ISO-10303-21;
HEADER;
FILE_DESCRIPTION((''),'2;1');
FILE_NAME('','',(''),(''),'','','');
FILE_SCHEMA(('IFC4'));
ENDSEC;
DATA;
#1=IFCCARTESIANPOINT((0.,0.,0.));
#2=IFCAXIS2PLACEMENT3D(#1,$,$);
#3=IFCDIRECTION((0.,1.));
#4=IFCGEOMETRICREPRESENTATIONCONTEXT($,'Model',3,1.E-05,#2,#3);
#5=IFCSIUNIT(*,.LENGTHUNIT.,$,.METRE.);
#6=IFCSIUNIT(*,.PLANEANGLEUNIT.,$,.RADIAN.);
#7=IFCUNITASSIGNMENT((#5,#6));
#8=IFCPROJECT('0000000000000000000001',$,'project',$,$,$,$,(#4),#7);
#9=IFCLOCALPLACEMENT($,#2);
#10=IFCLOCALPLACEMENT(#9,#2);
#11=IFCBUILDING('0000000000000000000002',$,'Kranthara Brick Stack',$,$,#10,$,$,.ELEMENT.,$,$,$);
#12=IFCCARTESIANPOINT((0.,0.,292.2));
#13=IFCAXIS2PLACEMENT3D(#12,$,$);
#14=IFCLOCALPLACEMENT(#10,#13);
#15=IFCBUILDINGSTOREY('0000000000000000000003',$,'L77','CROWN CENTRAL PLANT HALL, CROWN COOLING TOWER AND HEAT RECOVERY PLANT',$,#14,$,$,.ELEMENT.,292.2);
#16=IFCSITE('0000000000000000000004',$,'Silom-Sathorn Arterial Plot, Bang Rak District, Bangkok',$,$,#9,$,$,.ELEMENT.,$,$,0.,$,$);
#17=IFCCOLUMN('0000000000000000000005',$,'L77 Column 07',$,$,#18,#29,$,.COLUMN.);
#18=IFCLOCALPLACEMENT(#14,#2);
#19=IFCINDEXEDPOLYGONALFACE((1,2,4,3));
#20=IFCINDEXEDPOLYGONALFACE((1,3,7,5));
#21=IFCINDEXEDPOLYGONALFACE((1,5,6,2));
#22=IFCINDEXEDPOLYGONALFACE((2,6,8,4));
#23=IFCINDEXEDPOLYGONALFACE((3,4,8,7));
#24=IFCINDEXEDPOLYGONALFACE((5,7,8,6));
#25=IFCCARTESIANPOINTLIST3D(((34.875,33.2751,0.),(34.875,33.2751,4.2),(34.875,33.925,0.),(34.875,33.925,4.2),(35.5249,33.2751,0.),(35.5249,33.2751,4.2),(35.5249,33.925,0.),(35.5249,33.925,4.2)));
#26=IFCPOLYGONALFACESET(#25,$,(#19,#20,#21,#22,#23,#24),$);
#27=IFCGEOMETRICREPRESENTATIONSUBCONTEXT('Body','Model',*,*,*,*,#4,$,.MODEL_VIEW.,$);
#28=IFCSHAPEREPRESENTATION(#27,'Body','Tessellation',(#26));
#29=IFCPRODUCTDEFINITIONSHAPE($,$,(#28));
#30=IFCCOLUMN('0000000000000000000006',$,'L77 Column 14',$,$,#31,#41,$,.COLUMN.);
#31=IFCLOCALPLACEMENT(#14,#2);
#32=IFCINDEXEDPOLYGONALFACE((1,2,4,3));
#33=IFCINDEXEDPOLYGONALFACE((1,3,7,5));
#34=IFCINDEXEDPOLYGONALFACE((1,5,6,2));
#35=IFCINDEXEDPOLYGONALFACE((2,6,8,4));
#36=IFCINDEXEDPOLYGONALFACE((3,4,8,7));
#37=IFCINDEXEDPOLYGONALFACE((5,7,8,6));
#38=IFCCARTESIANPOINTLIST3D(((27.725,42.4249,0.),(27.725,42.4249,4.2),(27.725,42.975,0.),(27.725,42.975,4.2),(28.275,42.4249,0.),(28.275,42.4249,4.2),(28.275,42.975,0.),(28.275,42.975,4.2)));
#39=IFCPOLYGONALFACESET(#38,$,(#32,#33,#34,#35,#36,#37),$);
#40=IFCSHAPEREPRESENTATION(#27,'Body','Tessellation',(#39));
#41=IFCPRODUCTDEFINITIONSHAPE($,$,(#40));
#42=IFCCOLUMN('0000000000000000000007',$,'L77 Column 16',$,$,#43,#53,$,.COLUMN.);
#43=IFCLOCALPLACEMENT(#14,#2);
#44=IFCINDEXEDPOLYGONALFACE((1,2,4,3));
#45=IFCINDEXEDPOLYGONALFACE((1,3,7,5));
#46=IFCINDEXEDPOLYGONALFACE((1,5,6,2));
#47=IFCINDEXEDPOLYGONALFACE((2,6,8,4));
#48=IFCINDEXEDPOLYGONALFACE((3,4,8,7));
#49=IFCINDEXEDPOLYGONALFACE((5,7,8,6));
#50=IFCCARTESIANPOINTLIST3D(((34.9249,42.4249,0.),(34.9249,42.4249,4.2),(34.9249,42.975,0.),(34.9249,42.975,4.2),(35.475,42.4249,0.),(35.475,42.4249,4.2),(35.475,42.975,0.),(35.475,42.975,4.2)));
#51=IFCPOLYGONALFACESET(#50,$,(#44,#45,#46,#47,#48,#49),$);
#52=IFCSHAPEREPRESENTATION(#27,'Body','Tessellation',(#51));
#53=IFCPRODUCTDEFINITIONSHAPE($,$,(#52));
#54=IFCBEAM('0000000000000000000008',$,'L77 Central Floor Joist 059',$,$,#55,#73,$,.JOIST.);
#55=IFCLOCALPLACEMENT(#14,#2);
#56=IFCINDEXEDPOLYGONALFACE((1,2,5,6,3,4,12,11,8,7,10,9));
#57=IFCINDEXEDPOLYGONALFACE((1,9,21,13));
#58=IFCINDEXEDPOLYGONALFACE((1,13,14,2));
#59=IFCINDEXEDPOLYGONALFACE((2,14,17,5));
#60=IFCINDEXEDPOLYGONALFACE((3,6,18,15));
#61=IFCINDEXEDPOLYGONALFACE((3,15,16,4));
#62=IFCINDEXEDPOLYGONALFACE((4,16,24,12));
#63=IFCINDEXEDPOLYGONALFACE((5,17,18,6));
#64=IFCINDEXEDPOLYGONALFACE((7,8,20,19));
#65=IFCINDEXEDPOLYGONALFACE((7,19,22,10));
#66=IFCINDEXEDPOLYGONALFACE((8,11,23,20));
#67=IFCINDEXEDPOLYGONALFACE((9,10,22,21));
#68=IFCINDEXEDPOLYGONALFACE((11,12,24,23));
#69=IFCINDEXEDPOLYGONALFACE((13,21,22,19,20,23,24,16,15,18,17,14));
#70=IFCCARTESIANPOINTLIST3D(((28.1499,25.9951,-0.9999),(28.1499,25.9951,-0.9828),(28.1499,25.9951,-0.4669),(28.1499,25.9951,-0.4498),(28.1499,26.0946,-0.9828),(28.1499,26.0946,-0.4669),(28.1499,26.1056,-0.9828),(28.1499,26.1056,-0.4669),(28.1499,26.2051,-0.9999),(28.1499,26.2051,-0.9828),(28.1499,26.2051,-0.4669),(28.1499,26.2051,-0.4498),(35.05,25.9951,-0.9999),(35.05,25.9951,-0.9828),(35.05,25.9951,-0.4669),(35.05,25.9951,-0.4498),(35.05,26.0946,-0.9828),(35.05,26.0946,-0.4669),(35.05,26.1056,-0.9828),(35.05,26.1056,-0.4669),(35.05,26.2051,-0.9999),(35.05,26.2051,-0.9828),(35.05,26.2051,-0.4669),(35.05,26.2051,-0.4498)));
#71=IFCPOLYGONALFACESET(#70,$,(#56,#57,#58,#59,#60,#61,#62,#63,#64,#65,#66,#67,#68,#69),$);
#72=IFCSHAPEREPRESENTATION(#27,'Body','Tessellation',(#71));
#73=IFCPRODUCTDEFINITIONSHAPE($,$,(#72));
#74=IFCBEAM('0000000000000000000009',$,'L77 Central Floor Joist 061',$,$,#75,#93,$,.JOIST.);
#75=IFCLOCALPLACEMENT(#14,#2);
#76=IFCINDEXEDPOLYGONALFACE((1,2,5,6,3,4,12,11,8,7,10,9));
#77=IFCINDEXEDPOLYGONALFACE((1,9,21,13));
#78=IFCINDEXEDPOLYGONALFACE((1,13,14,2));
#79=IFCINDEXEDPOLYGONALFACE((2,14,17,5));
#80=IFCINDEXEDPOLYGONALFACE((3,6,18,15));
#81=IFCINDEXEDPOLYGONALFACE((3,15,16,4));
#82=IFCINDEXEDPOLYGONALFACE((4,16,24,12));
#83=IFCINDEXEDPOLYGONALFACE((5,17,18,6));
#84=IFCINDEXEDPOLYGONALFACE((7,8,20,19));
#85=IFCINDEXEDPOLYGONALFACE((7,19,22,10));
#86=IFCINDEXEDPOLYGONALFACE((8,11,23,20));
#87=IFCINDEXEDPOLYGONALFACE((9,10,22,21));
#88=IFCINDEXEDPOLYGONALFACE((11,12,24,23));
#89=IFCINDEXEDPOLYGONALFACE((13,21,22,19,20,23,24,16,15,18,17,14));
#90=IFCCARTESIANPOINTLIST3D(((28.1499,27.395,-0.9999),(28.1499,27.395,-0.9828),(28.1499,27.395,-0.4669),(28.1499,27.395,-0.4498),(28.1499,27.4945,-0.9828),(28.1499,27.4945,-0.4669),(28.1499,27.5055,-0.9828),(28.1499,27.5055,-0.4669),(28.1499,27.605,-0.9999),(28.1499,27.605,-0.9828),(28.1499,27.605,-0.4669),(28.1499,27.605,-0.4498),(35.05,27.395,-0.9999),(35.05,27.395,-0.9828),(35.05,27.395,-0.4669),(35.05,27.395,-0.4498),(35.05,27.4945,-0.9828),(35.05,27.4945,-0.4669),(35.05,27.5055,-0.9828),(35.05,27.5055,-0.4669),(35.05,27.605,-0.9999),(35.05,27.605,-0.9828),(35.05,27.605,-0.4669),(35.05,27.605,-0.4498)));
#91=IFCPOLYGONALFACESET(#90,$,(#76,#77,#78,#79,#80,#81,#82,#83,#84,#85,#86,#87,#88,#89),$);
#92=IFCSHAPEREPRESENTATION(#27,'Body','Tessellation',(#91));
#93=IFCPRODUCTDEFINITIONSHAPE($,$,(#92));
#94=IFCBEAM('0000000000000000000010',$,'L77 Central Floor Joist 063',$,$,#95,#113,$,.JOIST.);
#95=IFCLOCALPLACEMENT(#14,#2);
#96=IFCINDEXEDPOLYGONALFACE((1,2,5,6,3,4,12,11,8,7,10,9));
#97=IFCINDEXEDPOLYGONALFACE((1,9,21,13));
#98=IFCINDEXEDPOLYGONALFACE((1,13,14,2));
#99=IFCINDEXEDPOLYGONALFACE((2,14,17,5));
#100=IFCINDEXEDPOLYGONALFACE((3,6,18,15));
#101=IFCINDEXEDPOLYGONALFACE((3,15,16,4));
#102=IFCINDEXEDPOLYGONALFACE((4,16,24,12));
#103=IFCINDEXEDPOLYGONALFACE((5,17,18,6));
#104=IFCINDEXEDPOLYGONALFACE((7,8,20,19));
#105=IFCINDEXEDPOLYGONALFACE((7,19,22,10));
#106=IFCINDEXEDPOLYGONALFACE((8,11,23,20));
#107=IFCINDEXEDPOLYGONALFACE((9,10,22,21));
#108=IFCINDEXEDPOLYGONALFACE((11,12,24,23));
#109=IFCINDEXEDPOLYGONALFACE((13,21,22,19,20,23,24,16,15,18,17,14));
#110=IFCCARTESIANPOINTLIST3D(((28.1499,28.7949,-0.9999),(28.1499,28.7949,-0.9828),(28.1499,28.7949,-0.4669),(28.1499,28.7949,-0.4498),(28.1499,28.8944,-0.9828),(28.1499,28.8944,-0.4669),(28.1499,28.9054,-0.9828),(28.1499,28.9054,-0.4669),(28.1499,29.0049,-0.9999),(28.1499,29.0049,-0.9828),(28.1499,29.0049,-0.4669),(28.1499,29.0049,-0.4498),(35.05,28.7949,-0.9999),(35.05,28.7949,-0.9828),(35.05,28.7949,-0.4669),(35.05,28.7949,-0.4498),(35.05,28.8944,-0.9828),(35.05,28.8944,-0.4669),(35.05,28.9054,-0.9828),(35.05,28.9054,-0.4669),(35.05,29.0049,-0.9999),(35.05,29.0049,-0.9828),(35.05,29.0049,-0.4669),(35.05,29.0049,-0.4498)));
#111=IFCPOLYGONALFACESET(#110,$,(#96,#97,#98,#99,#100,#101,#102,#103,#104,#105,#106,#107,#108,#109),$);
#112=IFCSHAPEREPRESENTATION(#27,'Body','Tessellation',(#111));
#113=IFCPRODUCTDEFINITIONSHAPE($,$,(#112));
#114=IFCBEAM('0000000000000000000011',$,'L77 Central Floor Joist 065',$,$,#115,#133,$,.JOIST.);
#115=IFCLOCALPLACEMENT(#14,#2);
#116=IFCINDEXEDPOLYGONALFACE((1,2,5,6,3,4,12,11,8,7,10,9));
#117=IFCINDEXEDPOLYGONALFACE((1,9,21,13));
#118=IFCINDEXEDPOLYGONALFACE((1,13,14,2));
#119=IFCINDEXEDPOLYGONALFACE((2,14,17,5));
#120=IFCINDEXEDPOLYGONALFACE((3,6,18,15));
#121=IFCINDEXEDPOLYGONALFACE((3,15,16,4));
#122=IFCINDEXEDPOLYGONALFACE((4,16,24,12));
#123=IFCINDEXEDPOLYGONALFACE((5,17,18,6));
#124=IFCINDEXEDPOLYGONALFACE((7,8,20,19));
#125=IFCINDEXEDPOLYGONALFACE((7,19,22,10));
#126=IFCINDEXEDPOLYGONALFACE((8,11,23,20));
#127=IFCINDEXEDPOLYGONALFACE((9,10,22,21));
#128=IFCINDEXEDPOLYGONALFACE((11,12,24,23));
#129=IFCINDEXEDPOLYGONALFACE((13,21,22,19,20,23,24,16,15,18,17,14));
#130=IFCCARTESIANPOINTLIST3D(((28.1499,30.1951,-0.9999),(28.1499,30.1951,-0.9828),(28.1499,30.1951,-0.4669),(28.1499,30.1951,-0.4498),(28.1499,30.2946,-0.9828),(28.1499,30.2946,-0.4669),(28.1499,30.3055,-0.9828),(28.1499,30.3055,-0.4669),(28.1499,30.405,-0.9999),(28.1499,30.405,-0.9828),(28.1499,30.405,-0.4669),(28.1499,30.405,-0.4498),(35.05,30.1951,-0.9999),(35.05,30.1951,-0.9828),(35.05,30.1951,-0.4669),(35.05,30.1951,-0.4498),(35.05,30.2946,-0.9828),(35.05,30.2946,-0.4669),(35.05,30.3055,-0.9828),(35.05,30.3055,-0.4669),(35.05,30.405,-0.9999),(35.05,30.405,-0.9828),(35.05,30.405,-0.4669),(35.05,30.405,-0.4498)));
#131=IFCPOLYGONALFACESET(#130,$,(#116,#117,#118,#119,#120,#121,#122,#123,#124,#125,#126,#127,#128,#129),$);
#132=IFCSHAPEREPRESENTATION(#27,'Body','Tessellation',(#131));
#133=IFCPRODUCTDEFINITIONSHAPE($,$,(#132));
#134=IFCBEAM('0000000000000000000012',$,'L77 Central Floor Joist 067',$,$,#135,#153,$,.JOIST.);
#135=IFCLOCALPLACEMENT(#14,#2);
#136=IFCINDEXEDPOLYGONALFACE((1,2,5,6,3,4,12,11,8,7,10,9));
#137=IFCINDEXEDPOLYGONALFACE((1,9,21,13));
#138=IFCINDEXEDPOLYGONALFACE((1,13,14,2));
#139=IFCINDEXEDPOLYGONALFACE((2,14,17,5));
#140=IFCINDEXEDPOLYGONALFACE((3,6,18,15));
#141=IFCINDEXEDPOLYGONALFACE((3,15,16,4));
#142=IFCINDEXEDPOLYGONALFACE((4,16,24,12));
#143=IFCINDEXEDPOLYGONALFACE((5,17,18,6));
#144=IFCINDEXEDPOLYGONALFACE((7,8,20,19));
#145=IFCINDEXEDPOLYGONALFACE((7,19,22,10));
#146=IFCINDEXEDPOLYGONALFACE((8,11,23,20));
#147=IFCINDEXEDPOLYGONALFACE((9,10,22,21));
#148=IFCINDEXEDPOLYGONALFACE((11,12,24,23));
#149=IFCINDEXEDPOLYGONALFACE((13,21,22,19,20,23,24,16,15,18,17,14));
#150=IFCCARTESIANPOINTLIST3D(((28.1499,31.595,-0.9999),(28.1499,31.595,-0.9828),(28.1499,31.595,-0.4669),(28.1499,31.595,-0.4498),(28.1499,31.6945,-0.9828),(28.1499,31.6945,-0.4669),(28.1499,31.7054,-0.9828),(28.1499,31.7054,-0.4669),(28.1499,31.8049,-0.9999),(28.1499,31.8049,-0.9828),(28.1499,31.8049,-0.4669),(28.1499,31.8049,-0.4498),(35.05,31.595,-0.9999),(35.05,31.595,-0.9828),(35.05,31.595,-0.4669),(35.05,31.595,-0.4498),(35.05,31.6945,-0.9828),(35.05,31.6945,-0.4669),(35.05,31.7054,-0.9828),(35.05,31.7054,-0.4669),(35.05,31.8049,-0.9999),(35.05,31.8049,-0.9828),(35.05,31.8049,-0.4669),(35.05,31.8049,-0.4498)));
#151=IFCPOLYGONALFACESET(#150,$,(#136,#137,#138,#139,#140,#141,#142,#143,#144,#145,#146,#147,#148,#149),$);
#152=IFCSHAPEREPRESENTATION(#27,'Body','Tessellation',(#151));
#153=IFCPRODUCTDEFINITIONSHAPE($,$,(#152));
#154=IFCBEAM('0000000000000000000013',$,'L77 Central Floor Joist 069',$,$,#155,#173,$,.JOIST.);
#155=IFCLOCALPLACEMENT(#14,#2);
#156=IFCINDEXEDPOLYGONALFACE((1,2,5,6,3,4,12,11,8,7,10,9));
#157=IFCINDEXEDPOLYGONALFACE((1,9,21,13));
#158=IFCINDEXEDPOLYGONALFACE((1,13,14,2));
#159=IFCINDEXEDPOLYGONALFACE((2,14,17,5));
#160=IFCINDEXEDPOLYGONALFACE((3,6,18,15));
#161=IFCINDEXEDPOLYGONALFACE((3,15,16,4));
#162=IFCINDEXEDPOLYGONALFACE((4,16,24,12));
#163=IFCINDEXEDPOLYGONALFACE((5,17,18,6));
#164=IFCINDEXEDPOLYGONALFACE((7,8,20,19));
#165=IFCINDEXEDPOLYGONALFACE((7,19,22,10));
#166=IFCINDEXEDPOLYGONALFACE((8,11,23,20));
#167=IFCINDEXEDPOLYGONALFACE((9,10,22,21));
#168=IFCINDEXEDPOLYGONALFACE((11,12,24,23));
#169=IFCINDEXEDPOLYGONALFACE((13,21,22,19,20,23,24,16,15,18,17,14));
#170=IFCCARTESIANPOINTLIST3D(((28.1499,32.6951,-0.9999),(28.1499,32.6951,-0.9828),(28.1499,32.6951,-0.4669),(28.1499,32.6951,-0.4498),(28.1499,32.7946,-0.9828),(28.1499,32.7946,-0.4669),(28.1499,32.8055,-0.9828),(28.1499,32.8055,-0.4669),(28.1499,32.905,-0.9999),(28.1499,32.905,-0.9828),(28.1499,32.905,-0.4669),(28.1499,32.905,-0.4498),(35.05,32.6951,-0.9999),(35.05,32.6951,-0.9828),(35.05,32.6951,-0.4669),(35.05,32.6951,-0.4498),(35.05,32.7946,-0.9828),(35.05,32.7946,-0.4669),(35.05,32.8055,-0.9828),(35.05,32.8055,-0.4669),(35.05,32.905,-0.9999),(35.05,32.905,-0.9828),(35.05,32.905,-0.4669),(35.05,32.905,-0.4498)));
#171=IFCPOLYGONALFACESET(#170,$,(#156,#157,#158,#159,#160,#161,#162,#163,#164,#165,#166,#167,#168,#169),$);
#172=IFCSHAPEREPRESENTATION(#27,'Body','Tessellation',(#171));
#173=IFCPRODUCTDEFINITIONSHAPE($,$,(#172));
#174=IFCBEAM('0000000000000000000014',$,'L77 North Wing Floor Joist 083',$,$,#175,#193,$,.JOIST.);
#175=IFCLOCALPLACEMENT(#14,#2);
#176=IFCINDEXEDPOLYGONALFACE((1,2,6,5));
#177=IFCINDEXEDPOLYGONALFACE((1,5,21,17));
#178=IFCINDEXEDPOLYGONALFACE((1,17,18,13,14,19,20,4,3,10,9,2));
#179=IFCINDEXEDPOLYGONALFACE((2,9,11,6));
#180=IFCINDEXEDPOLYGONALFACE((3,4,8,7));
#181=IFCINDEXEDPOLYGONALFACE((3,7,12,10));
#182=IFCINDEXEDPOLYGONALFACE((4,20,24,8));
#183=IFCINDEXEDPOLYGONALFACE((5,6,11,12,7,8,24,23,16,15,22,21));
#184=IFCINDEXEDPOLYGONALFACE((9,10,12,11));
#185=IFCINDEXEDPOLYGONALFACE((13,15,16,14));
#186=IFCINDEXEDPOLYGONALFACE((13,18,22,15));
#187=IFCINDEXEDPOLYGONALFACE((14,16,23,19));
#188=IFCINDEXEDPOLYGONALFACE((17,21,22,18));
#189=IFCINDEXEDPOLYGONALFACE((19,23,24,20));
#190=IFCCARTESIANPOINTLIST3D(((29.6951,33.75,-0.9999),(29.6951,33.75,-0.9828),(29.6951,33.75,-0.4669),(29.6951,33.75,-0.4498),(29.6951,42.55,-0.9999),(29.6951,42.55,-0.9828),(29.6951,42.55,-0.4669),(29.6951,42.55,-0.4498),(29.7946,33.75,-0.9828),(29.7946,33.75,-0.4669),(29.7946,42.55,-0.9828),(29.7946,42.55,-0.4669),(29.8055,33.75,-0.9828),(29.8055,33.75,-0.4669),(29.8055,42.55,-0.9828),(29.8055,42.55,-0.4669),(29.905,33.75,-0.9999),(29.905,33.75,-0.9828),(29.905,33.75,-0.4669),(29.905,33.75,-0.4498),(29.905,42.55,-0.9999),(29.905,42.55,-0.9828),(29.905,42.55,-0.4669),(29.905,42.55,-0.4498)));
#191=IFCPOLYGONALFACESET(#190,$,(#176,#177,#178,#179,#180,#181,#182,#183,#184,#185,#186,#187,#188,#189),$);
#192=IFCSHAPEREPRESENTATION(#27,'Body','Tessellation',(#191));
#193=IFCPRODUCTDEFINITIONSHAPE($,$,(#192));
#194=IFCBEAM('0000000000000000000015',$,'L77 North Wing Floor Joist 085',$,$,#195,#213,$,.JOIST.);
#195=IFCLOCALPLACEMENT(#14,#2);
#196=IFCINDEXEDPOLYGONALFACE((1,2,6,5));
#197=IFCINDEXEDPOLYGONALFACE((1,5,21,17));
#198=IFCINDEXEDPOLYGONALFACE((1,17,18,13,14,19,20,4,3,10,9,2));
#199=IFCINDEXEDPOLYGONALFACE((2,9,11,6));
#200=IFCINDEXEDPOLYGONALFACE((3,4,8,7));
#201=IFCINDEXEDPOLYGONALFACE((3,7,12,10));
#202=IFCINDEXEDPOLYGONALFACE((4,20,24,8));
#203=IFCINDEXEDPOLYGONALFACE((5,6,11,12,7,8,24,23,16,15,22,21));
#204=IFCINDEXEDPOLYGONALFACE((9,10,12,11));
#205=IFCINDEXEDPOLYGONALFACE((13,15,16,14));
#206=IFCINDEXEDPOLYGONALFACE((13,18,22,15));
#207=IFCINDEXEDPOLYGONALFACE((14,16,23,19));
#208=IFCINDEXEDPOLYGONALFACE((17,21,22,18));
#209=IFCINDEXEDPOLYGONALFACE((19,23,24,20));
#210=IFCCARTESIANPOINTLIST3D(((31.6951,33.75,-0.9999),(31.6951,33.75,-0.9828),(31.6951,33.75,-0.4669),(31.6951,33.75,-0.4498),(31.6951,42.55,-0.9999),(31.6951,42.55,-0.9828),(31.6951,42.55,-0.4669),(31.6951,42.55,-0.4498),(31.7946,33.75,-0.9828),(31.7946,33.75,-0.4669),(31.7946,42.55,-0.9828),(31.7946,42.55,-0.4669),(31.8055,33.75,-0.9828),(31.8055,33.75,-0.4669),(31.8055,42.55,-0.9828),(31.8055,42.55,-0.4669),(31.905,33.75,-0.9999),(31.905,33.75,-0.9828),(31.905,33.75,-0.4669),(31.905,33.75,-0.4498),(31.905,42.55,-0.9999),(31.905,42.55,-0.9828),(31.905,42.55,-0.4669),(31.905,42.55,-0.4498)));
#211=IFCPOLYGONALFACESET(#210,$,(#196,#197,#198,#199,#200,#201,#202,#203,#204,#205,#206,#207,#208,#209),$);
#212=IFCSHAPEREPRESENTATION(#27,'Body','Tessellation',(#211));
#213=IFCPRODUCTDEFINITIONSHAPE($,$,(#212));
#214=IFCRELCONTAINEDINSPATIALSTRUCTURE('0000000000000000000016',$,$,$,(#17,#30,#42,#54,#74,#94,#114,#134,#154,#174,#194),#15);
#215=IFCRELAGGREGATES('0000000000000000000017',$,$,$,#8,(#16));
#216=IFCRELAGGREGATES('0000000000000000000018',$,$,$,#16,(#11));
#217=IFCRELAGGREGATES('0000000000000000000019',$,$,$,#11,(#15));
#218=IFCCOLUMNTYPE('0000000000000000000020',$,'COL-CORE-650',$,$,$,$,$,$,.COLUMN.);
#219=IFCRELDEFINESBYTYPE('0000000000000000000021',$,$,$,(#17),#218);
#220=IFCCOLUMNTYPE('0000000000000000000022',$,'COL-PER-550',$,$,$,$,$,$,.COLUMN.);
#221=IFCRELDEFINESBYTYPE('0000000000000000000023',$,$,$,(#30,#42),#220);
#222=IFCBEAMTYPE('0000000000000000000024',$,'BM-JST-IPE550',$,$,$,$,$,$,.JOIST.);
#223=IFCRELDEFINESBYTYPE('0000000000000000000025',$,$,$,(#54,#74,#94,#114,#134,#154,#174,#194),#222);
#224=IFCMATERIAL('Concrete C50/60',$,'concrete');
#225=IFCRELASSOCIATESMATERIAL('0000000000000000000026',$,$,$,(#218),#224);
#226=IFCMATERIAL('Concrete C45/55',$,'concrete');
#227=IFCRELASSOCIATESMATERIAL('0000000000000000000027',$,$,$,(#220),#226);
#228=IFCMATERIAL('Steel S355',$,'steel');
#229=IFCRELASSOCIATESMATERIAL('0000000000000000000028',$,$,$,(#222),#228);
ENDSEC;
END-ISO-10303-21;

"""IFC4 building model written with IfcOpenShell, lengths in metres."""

from ifc_helpers import new_model, si_unit, direction, frame, origin, origin_2d, place, context, subcontext, project, spatial, rectangle, i_section, extrude, material, material_profile, profile_set, type_object, element, save


model = new_model("IFC4")

# Units and contexts
model_context = context("Model", 3, precision=1e-05, world=origin(), true_north=direction((0.0, 1.0)))
body_context = subcontext(model_context, "Body", "Model", "MODEL_VIEW")
ifc_project = project(units=[si_unit("LENGTHUNIT", "METRE"), si_unit("PLANEANGLEUNIT", "RADIAN")], contexts=[model_context])

# Site, building, storey
site_placement = place(None, origin())
site = spatial("IfcSite", under=ifc_project, at=site_placement, Name="Silom-Sathorn Arterial Plot, Bang Rak District, Bangkok", CompositionType="ELEMENT", RefElevation=0.0)
building_placement = place(site_placement, origin())
building = spatial("IfcBuilding", under=site, at=building_placement, Name="Kranthara Brick Stack", CompositionType="ELEMENT")
storey_placement = place(building_placement, frame((0.0, 0.0, 292.2)))
storey = spatial("IfcBuildingStorey", under=building, at=storey_placement, Name="L77", Description="CROWN CENTRAL PLANT HALL, CROWN COOLING TOWER AND HEAT RECOVERY PLANT", CompositionType="ELEMENT", Elevation=292.2)

# Columns
ifc_material_1 = material(Name="Concrete C50/60", Category="concrete")
ifc_material_profile_1 = material_profile(ifc_material_1, rectangle(XDim=0.6499, YDim=0.6499, at=origin_2d()), Name="RC 650x650")
ifc_profile_set_1 = profile_set([ifc_material_profile_1], Name="Concrete C50/60")
column_type_1 = type_object("IfcColumnType", Name="COL-CORE-650", PredefinedType="COLUMN", material=ifc_profile_set_1)
column_placement = place(storey_placement, frame((35.2, 33.6001, 0.0), z_axis=(0.0, 0.0, 1.0), x_axis=(1.0, 0.0, 0.0)))
element("IfcColumn", 1, at=column_placement, inside=storey, type_object=column_type_1, Name="L77 Column 07", PredefinedType="COLUMN", context=body_context, shape_type="SweptSolid", body=[
    extrude(rectangle(XDim=0.6499, YDim=0.6499, at=origin_2d()), origin(), (0.0, 0.0, 1.0), 4.2),
])
ifc_material_2 = material(Name="Concrete C45/55", Category="concrete")
ifc_material_profile_2 = material_profile(ifc_material_2, rectangle(XDim=0.55, YDim=0.55, at=origin_2d()), Name="RC 550x550")
ifc_profile_set_2 = profile_set([ifc_material_profile_2], Name="Concrete C45/55")
column_type_2 = type_object("IfcColumnType", Name="COL-PER-550", PredefinedType="COLUMN", material=ifc_profile_set_2)
for number, where, z_axis, x_axis, name in (
    (2, (28.0, 42.7, 0.0), (0.0, 0.0, 1.0), (1.0, 0.0, 0.0), "L77 Column 14"),
    (3, (35.2, 42.7, 0.0), (0.0, 0.0, 1.0), (1.0, 0.0, 0.0), "L77 Column 16"),
):
    element("IfcColumn", number, at=place(storey_placement, frame(where, z_axis=z_axis, x_axis=x_axis)), inside=storey, type_object=column_type_2, Name=name, PredefinedType="COLUMN", context=body_context, shape_type="SweptSolid", body=[
        extrude(rectangle(XDim=0.55, YDim=0.55, at=origin_2d()), origin(), (0.0, 0.0, 1.0), 4.2),
    ])

# Beams
ifc_material_3 = material(Name="Steel S355", Category="steel")
ifc_material_profile_3 = material_profile(ifc_material_3, i_section(OverallWidth=0.21, OverallDepth=0.55, WebThickness=0.011, FlangeThickness=0.0171, at=origin_2d()), Name="IPE 550")
ifc_profile_set_3 = profile_set([ifc_material_profile_3], Name="Steel S355")
beam_type_1 = type_object("IfcBeamType", Name="BM-JST-IPE550", PredefinedType="JOIST", material=ifc_profile_set_3)
for number, where, z_axis, x_axis, name in (
    (4, (28.1499, 26.1001, -0.7249), (1.0, 0.0, 0.0), (0.0, 1.0, 0.0), "L77 Central Floor Joist 059"),
    (5, (28.1499, 27.5, -0.7249), (1.0, 0.0, 0.0), (0.0, 1.0, 0.0), "L77 Central Floor Joist 061"),
    (6, (28.1499, 28.8999, -0.7249), (1.0, 0.0, 0.0), (0.0, 1.0, 0.0), "L77 Central Floor Joist 063"),
    (7, (28.1499, 30.3, -0.7249), (1.0, 0.0, 0.0), (0.0, 1.0, 0.0), "L77 Central Floor Joist 065"),
    (8, (28.1499, 31.7, -0.7249), (1.0, 0.0, 0.0), (0.0, 1.0, 0.0), "L77 Central Floor Joist 067"),
    (9, (28.1499, 32.8, -0.7249), (1.0, 0.0, 0.0), (0.0, 1.0, 0.0), "L77 Central Floor Joist 069"),
):
    element("IfcBeam", number, at=place(storey_placement, frame(where, z_axis=z_axis, x_axis=x_axis)), inside=storey, type_object=beam_type_1, Name=name, PredefinedType="JOIST", context=body_context, shape_type="SweptSolid", body=[
        extrude(i_section(OverallWidth=0.21, OverallDepth=0.55, WebThickness=0.011, FlangeThickness=0.0171, at=origin_2d()), origin(), (0.0, 0.0, 1.0), 6.9001),
    ])
for number, where, z_axis, x_axis, name in (
    (10, (29.8, 33.75, -0.7249), (0.0, 1.0, 0.0), (-1.0, 0.0, 0.0), "L77 North Wing Floor Joist 083"),
    (11, (31.8, 33.75, -0.7249), (0.0, 1.0, 0.0), (-1.0, 0.0, 0.0), "L77 North Wing Floor Joist 085"),
):
    element("IfcBeam", number, at=place(storey_placement, frame(where, z_axis=z_axis, x_axis=x_axis)), inside=storey, type_object=beam_type_1, Name=name, PredefinedType="JOIST", context=body_context, shape_type="SweptSolid", body=[
        extrude(i_section(OverallWidth=0.21, OverallDepth=0.55, WebThickness=0.011, FlangeThickness=0.0171, at=origin_2d()), origin(), (0.0, 0.0, 1.0), 8.8),
    ])

save(model, "model.ifc")
